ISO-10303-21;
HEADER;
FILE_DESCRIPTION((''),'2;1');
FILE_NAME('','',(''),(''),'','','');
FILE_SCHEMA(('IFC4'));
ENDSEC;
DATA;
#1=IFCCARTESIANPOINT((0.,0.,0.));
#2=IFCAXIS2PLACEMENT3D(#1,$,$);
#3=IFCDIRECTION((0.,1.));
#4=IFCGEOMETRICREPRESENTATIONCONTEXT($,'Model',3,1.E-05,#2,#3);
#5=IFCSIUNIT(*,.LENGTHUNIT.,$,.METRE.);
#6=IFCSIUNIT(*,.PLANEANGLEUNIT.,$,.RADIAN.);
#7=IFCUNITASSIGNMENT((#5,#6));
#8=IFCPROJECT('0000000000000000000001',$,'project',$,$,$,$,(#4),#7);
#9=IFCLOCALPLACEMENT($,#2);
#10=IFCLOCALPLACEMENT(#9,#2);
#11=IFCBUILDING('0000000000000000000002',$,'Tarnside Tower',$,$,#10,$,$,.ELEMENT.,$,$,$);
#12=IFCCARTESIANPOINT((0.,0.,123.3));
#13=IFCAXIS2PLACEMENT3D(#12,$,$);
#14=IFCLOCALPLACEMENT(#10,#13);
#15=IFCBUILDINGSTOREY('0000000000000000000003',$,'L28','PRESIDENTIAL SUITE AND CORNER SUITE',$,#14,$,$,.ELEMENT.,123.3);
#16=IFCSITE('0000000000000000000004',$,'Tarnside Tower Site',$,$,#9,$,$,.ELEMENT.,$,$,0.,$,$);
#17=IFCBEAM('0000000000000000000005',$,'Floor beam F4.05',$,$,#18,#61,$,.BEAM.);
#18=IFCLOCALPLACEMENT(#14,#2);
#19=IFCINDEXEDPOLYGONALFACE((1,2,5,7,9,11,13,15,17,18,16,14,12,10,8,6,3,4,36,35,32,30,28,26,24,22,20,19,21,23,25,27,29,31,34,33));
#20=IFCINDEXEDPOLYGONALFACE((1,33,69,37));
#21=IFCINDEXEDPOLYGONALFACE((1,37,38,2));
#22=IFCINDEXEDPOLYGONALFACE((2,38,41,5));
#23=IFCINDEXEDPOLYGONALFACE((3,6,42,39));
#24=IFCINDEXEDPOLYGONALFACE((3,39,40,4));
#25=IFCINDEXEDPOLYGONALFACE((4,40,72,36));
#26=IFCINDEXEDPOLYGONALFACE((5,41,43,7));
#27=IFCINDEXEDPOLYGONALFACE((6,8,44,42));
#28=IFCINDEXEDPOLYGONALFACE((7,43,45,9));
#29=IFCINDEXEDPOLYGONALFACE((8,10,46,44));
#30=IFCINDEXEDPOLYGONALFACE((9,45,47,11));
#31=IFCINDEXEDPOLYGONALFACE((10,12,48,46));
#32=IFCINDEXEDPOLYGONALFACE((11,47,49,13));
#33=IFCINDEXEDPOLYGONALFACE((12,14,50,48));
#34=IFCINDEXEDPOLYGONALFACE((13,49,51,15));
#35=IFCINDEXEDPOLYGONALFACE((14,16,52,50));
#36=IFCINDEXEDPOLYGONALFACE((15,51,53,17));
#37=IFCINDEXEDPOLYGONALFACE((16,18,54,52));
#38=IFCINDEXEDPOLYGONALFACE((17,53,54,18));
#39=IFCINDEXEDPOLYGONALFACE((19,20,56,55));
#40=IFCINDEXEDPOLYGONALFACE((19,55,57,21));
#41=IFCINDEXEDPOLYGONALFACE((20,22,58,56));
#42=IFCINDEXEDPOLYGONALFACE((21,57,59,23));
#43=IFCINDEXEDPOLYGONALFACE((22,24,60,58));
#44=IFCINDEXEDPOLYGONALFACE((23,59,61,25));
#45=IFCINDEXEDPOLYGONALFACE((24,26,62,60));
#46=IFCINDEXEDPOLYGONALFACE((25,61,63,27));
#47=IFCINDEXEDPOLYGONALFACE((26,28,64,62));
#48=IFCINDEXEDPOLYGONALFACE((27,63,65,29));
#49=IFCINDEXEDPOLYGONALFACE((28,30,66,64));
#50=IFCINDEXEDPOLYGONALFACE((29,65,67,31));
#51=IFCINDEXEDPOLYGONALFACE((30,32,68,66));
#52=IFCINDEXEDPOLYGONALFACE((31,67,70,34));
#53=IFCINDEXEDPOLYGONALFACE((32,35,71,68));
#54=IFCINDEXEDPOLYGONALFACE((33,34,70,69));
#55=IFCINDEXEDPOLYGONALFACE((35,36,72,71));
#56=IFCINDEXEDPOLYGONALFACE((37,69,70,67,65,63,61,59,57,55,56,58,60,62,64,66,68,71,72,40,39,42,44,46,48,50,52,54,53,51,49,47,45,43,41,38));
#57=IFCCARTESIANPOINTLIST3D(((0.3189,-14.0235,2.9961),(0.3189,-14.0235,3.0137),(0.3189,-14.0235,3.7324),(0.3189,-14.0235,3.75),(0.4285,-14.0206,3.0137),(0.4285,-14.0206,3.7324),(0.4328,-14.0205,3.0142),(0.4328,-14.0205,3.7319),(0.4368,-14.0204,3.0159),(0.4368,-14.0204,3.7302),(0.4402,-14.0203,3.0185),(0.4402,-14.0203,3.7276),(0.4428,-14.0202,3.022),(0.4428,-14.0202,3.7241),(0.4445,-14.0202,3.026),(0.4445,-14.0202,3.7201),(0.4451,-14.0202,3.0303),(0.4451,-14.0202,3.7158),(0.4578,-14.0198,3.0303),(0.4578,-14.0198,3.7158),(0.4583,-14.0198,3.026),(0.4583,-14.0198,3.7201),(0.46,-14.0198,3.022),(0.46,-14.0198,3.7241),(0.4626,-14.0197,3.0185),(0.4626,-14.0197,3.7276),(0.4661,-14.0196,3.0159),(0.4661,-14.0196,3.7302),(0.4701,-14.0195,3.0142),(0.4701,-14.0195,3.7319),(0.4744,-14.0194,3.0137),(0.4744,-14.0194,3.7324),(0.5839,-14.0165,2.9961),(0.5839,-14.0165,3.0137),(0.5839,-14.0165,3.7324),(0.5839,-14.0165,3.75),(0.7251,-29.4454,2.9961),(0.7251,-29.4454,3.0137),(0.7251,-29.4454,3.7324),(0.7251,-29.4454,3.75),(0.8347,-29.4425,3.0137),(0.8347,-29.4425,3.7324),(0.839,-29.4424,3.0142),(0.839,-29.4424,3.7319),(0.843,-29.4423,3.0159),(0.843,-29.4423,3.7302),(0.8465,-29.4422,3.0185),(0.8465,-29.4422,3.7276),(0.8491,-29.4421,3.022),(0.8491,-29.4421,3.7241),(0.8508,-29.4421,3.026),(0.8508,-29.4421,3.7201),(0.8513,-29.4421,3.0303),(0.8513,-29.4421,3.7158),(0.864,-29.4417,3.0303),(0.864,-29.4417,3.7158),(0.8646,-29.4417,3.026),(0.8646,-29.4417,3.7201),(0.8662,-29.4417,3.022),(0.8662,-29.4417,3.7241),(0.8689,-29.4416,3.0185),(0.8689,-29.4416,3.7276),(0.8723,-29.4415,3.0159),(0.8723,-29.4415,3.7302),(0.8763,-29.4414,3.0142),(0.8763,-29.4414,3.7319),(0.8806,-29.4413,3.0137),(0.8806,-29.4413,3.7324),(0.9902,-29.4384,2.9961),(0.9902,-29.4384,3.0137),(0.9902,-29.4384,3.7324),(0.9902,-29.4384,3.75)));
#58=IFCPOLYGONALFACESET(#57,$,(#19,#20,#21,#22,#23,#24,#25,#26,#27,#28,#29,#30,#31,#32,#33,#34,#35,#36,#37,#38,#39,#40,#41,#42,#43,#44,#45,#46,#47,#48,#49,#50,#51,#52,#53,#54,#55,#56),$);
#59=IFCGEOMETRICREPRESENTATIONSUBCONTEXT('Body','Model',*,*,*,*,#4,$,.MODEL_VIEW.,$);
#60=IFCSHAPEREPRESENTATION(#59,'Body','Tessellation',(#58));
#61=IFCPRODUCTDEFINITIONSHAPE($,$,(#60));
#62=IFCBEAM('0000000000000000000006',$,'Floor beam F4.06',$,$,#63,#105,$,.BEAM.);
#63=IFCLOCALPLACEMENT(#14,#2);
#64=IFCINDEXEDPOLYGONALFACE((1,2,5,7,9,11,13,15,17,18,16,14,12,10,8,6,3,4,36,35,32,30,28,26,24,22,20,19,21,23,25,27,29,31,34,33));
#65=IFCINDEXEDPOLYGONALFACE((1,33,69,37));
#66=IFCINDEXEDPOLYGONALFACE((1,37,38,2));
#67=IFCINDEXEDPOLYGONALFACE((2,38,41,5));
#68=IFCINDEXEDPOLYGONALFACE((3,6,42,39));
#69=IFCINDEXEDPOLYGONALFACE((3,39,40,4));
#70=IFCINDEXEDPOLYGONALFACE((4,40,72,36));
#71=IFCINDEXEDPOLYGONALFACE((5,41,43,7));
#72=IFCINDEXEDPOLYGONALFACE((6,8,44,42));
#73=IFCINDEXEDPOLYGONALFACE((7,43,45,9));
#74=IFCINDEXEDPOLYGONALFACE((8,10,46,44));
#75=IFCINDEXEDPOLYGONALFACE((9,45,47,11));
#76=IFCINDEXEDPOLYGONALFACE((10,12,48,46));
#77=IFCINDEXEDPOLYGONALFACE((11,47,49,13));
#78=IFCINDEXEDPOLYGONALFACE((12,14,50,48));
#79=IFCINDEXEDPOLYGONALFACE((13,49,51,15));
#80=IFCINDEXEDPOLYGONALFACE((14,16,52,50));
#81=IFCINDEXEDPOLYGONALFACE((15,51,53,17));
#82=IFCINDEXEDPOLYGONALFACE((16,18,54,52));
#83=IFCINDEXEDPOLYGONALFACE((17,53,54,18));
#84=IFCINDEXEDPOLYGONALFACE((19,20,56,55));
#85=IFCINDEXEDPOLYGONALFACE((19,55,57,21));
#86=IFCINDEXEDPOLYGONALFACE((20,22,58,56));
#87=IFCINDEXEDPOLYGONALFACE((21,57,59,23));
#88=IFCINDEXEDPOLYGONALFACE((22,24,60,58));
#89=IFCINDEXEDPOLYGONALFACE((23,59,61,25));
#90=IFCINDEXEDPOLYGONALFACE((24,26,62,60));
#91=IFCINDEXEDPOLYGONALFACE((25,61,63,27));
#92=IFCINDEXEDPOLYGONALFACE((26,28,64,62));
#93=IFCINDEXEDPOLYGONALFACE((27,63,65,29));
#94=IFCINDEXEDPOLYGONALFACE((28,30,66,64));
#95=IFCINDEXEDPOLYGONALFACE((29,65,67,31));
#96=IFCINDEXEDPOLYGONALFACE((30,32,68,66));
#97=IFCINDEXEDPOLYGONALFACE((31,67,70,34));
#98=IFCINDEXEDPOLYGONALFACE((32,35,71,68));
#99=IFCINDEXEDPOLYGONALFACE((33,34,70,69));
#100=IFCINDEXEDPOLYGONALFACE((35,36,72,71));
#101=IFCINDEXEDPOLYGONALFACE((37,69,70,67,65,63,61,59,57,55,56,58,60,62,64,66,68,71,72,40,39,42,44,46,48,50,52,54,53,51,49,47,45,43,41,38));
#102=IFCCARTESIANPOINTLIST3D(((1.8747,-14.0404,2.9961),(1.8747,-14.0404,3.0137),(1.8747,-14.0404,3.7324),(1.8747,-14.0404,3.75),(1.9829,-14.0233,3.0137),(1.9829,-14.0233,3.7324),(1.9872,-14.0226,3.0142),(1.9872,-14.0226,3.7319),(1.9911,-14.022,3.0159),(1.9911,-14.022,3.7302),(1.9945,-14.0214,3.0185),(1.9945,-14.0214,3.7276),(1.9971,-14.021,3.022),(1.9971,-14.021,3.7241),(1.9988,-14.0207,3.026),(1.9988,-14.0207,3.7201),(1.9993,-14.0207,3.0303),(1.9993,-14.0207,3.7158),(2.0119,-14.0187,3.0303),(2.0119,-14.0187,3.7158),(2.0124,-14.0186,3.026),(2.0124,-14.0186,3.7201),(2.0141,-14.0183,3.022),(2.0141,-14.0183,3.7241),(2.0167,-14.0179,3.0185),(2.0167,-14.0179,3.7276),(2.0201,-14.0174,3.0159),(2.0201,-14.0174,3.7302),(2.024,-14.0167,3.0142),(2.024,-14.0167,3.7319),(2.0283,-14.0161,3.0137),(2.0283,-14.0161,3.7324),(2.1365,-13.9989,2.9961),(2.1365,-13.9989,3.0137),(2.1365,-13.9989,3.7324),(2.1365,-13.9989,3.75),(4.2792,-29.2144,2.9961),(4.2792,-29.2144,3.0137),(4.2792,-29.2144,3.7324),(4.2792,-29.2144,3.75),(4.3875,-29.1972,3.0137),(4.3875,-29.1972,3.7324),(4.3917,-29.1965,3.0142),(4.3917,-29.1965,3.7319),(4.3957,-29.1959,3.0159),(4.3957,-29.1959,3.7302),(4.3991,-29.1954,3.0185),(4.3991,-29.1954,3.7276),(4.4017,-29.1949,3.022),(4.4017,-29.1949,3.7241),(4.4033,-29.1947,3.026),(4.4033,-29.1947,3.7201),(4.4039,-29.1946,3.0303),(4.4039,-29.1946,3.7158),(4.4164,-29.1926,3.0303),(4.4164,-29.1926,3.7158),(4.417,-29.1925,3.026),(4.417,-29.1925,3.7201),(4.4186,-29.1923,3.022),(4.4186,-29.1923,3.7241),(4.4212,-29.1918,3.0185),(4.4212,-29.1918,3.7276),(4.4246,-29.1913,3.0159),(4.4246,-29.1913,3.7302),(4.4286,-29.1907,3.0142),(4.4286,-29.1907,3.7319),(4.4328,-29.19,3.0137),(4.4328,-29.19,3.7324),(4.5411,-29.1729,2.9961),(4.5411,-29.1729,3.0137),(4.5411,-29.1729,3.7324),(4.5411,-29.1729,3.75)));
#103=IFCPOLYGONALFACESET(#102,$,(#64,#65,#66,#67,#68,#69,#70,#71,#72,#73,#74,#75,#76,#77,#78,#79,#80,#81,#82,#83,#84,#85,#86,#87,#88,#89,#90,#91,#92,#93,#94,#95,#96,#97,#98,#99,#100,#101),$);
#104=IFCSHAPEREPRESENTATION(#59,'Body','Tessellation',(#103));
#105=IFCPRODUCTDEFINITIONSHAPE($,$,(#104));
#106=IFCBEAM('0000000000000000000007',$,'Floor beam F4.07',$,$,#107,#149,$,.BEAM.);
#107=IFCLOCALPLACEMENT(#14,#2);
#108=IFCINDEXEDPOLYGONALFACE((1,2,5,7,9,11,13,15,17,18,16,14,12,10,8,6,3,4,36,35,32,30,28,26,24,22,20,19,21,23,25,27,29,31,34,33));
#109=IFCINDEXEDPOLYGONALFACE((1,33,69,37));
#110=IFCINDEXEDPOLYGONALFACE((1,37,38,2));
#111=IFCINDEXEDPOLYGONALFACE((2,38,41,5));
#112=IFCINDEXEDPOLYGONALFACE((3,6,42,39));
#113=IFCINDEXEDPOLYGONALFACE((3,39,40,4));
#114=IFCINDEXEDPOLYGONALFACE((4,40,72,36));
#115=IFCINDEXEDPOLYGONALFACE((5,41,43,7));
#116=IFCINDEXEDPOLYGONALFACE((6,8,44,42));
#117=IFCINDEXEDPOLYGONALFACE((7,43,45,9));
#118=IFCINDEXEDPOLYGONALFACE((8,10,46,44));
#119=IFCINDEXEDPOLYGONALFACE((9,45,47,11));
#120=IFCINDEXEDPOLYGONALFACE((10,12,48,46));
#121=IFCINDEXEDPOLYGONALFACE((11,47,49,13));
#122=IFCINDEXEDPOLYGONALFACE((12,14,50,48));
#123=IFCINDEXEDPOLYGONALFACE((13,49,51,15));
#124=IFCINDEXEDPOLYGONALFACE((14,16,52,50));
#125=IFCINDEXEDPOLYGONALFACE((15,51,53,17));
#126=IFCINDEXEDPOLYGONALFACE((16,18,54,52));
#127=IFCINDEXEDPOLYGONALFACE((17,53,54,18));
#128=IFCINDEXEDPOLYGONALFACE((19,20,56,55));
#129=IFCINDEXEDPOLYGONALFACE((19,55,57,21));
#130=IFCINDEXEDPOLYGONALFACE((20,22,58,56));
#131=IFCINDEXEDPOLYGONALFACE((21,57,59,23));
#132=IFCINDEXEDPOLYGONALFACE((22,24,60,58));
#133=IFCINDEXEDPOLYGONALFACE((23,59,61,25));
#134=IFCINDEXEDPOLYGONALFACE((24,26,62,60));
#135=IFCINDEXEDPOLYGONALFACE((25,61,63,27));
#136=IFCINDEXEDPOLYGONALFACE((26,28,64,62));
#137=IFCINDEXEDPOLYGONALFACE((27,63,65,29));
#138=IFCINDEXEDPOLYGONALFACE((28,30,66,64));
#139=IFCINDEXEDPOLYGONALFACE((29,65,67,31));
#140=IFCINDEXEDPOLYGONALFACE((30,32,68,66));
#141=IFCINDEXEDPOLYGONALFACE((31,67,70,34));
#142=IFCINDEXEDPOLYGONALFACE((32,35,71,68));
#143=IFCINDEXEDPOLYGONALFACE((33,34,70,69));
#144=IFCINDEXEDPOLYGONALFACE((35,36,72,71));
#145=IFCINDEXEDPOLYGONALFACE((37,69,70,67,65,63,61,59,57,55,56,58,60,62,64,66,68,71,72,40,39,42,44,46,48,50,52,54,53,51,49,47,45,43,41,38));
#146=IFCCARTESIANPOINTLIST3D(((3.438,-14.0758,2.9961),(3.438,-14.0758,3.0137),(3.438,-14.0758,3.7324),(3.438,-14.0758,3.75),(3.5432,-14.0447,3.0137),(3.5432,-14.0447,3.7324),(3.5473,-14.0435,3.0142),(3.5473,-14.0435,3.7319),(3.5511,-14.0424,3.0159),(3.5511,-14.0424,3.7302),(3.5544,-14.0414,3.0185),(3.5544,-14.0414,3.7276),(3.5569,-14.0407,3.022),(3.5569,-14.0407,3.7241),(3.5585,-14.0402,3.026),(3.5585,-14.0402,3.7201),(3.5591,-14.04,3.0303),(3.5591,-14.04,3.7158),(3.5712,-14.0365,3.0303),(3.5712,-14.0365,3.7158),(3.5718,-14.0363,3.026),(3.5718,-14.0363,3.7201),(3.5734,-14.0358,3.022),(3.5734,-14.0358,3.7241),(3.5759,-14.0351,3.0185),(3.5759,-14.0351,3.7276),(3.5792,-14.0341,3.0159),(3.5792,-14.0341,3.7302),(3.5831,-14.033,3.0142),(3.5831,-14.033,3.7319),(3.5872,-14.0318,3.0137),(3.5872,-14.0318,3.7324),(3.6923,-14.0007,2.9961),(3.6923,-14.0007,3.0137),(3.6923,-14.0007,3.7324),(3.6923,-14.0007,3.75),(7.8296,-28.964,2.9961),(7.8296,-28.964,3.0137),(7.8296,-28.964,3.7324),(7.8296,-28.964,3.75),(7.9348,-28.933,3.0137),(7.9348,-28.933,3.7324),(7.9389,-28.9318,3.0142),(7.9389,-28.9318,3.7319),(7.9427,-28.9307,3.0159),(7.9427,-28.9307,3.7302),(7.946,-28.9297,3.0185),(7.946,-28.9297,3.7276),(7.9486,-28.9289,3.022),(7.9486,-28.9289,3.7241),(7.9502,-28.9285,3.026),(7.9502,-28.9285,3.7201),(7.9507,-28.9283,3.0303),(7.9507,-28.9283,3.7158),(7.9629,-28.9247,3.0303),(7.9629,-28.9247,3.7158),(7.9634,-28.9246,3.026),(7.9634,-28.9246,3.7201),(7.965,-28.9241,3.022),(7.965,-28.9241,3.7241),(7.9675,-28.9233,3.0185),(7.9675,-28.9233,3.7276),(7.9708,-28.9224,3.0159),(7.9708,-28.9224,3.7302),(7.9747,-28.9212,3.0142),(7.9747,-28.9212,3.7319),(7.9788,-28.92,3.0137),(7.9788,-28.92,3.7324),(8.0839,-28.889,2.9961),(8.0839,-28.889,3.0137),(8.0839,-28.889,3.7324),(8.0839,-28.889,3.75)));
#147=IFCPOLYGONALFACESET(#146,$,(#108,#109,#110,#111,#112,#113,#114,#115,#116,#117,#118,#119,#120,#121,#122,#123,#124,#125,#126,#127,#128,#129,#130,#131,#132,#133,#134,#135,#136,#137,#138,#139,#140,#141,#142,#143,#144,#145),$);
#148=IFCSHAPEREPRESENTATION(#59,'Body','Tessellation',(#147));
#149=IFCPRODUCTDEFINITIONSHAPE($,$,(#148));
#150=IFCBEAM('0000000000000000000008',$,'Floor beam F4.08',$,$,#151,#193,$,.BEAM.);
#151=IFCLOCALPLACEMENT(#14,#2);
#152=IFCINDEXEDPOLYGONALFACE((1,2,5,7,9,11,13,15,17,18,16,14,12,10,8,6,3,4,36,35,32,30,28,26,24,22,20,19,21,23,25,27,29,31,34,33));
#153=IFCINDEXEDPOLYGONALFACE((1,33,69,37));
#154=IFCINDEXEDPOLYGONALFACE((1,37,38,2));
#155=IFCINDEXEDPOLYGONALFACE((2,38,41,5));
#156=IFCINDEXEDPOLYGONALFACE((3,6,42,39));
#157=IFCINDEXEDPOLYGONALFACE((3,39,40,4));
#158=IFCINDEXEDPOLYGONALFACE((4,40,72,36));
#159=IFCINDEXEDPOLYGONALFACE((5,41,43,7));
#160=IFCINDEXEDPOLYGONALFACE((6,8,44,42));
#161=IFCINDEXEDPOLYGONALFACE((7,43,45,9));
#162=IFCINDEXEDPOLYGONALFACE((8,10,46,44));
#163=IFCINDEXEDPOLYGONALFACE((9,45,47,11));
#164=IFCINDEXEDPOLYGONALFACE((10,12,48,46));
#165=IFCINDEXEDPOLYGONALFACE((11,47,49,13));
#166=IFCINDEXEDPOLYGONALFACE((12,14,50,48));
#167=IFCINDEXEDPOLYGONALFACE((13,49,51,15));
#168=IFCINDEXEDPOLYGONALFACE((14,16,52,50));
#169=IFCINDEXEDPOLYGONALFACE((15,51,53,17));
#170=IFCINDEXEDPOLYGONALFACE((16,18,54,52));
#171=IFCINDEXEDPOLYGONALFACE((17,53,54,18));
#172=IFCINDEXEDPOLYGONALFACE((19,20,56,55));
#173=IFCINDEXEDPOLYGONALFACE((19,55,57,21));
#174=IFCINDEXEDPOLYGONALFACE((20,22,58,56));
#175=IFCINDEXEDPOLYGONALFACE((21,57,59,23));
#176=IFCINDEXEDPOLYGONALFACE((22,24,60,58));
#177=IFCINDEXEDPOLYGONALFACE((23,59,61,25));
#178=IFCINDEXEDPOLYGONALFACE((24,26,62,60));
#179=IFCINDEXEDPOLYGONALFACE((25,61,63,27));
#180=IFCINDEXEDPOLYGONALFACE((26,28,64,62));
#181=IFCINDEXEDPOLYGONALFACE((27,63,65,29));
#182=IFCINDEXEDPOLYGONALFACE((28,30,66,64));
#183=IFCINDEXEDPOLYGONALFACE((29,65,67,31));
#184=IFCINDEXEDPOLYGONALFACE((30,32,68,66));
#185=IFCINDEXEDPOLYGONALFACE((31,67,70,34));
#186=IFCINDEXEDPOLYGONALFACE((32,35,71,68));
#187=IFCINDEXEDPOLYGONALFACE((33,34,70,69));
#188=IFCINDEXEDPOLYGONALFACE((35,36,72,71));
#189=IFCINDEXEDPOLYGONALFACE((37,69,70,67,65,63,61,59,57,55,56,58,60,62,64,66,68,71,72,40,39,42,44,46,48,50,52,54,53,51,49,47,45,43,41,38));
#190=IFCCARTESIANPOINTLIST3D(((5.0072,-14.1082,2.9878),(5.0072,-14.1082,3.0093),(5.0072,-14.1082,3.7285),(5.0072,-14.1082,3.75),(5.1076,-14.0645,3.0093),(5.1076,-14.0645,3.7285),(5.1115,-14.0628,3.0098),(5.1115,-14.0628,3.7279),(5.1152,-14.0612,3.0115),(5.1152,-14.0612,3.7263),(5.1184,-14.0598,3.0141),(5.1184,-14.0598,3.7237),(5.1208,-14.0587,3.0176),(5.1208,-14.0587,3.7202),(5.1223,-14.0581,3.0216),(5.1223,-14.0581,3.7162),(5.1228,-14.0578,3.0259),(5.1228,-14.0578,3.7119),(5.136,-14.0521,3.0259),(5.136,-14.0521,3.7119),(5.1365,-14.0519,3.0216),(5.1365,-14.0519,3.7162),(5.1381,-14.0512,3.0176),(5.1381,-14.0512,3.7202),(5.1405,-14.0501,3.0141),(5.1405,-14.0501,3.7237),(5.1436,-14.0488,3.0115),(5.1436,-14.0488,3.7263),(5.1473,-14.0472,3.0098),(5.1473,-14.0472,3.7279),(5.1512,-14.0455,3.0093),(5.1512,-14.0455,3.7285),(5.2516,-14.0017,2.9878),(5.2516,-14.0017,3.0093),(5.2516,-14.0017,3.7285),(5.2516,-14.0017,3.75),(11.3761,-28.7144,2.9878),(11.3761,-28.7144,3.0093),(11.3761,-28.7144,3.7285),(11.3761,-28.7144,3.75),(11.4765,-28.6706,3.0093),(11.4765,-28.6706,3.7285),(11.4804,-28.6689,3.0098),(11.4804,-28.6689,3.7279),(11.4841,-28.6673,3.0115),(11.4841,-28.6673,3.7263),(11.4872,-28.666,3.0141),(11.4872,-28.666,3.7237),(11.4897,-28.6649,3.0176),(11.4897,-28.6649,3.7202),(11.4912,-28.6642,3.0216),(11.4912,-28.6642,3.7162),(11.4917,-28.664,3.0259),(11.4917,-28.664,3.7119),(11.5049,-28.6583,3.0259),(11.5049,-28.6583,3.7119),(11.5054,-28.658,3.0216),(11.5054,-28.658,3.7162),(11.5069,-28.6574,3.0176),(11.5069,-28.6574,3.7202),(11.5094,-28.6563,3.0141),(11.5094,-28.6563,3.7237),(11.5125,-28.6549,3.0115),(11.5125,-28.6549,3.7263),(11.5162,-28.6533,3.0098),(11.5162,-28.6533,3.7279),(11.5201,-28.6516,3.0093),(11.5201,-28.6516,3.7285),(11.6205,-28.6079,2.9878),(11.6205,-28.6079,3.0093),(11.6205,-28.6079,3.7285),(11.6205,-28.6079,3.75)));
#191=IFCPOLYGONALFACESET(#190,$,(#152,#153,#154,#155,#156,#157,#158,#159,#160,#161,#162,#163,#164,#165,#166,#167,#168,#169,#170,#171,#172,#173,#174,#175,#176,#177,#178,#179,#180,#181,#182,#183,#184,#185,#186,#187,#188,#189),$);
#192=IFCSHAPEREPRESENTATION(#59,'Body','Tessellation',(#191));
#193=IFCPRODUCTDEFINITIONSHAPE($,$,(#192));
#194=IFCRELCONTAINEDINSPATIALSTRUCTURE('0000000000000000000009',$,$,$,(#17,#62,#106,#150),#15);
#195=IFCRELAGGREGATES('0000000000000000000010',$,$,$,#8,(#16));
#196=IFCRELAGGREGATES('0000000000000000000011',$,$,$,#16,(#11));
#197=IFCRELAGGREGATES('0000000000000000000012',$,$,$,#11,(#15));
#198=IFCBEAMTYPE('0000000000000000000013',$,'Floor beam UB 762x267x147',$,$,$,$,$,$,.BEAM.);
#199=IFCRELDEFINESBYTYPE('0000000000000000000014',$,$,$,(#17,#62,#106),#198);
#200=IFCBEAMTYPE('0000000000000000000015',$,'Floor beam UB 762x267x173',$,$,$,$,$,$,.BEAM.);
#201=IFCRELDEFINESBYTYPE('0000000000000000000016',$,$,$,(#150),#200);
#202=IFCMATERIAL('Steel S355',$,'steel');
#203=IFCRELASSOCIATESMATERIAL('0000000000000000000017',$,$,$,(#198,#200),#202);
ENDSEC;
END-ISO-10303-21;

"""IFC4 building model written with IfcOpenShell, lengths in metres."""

from ifc_helpers import new_model, si_unit, direction, frame, origin, origin_2d, place, context, subcontext, project, spatial, i_section, extrude, material, material_profile, profile_set, type_object, element, save


model = new_model("IFC4")

# Units and contexts
model_context = context("Model", 3, precision=1e-05, world=origin(), true_north=direction((0.0, 1.0)))
body_context = subcontext(model_context, "Body", "Model", "MODEL_VIEW")
ifc_project = project(units=[si_unit("LENGTHUNIT", "METRE"), si_unit("PLANEANGLEUNIT", "RADIAN")], contexts=[model_context])

# Site, building, storey
site_placement = place(None, origin())
site = spatial("IfcSite", under=ifc_project, at=site_placement, Name="Tarnside Tower Site", CompositionType="ELEMENT", RefElevation=0.0)
building_placement = place(site_placement, origin())
building = spatial("IfcBuilding", under=site, at=building_placement, Name="Tarnside Tower", CompositionType="ELEMENT")
storey_placement = place(building_placement, frame((0.0, 0.0, 123.3)))
storey = spatial("IfcBuildingStorey", under=building, at=storey_placement, Name="L28", Description="PRESIDENTIAL SUITE AND CORNER SUITE", CompositionType="ELEMENT", Elevation=123.3)

# Beams
ifc_material_1 = material(Name="Steel S355", Category="steel")
ifc_material_profile_1 = material_profile(ifc_material_1, i_section(OverallWidth=0.2651, OverallDepth=0.7539, WebThickness=0.0127, FlangeThickness=0.0176, FilletRadius=0.0166, at=origin_2d()), Name="UB 762x267x147")
ifc_profile_set_1 = profile_set([ifc_material_profile_1], Name="Steel S355")
beam_type_1 = type_object("IfcBeamType", Name="Floor beam UB 762x267x147", PredefinedType="BEAM", material=ifc_profile_set_1)
beam_1_placement = place(storey_placement, frame((0.8577, -29.4419, 3.373), z_axis=(-0.026333, 0.999653, 0.0), x_axis=(-0.999653, -0.026333, 0.0)))
element("IfcBeam", 1, at=beam_1_placement, inside=storey, type_object=beam_type_1, Name="Floor beam F4.05", PredefinedType="BEAM", context=body_context, shape_type="SweptSolid", body=[
    extrude(i_section(OverallWidth=0.2651, OverallDepth=0.7539, WebThickness=0.0127, FlangeThickness=0.0176, FilletRadius=0.0166, at=origin_2d()), origin(), (0.0, 0.0, 1.0), 15.4272),
])
beam_2_placement = place(storey_placement, frame((4.4102, -29.1936, 3.373), z_axis=(-0.156513, 0.987676, 0.0), x_axis=(-0.987676, -0.156513, 0.0)))
element("IfcBeam", 2, at=beam_2_placement, inside=storey, type_object=beam_type_1, Name="Floor beam F4.06", PredefinedType="BEAM", context=body_context, shape_type="SweptSolid", body=[
    extrude(i_section(OverallWidth=0.2651, OverallDepth=0.7539, WebThickness=0.0127, FlangeThickness=0.0176, FilletRadius=0.0166, at=origin_2d()), origin(), (0.0, 0.0, 1.0), 15.3633),
])
beam_3_placement = place(storey_placement, frame((7.9568, -28.9265, 3.373), z_axis=(-0.282921, 0.959143, 0.0), x_axis=(-0.959143, -0.282921, 0.0)))
element("IfcBeam", 3, at=beam_3_placement, inside=storey, type_object=beam_type_1, Name="Floor beam F4.07", PredefinedType="BEAM", context=body_context, shape_type="SweptSolid", body=[
    extrude(i_section(OverallWidth=0.2651, OverallDepth=0.7539, WebThickness=0.0127, FlangeThickness=0.0176, FilletRadius=0.0166, at=origin_2d()), origin(), (0.0, 0.0, 1.0), 15.5225),
])
ifc_material_profile_2 = material_profile(ifc_material_1, i_section(OverallWidth=0.2666, OverallDepth=0.7622, WebThickness=0.0144, FlangeThickness=0.0215, FilletRadius=0.0166, at=origin_2d()), Name="UB 762x267x173")
ifc_profile_set_2 = profile_set([ifc_material_profile_2], Name="Steel S355")
beam_type_2 = type_object("IfcBeamType", Name="Floor beam UB 762x267x173", PredefinedType="BEAM", material=ifc_profile_set_2)
beam_4_placement = place(storey_placement, frame((11.4983, -28.6611, 3.3689), z_axis=(-0.399696, 0.916648, 0.0), x_axis=(-0.916648, -0.399696, 0.0)))
element("IfcBeam", 4, at=beam_4_placement, inside=storey, type_object=beam_type_2, Name="Floor beam F4.08", PredefinedType="BEAM", context=body_context, shape_type="SweptSolid", body=[
    extrude(i_section(OverallWidth=0.2666, OverallDepth=0.7622, WebThickness=0.0144, FlangeThickness=0.0215, FilletRadius=0.0166, at=origin_2d()), origin(), (0.0, 0.0, 1.0), 15.9343),
])

save(model, "model.ifc")
